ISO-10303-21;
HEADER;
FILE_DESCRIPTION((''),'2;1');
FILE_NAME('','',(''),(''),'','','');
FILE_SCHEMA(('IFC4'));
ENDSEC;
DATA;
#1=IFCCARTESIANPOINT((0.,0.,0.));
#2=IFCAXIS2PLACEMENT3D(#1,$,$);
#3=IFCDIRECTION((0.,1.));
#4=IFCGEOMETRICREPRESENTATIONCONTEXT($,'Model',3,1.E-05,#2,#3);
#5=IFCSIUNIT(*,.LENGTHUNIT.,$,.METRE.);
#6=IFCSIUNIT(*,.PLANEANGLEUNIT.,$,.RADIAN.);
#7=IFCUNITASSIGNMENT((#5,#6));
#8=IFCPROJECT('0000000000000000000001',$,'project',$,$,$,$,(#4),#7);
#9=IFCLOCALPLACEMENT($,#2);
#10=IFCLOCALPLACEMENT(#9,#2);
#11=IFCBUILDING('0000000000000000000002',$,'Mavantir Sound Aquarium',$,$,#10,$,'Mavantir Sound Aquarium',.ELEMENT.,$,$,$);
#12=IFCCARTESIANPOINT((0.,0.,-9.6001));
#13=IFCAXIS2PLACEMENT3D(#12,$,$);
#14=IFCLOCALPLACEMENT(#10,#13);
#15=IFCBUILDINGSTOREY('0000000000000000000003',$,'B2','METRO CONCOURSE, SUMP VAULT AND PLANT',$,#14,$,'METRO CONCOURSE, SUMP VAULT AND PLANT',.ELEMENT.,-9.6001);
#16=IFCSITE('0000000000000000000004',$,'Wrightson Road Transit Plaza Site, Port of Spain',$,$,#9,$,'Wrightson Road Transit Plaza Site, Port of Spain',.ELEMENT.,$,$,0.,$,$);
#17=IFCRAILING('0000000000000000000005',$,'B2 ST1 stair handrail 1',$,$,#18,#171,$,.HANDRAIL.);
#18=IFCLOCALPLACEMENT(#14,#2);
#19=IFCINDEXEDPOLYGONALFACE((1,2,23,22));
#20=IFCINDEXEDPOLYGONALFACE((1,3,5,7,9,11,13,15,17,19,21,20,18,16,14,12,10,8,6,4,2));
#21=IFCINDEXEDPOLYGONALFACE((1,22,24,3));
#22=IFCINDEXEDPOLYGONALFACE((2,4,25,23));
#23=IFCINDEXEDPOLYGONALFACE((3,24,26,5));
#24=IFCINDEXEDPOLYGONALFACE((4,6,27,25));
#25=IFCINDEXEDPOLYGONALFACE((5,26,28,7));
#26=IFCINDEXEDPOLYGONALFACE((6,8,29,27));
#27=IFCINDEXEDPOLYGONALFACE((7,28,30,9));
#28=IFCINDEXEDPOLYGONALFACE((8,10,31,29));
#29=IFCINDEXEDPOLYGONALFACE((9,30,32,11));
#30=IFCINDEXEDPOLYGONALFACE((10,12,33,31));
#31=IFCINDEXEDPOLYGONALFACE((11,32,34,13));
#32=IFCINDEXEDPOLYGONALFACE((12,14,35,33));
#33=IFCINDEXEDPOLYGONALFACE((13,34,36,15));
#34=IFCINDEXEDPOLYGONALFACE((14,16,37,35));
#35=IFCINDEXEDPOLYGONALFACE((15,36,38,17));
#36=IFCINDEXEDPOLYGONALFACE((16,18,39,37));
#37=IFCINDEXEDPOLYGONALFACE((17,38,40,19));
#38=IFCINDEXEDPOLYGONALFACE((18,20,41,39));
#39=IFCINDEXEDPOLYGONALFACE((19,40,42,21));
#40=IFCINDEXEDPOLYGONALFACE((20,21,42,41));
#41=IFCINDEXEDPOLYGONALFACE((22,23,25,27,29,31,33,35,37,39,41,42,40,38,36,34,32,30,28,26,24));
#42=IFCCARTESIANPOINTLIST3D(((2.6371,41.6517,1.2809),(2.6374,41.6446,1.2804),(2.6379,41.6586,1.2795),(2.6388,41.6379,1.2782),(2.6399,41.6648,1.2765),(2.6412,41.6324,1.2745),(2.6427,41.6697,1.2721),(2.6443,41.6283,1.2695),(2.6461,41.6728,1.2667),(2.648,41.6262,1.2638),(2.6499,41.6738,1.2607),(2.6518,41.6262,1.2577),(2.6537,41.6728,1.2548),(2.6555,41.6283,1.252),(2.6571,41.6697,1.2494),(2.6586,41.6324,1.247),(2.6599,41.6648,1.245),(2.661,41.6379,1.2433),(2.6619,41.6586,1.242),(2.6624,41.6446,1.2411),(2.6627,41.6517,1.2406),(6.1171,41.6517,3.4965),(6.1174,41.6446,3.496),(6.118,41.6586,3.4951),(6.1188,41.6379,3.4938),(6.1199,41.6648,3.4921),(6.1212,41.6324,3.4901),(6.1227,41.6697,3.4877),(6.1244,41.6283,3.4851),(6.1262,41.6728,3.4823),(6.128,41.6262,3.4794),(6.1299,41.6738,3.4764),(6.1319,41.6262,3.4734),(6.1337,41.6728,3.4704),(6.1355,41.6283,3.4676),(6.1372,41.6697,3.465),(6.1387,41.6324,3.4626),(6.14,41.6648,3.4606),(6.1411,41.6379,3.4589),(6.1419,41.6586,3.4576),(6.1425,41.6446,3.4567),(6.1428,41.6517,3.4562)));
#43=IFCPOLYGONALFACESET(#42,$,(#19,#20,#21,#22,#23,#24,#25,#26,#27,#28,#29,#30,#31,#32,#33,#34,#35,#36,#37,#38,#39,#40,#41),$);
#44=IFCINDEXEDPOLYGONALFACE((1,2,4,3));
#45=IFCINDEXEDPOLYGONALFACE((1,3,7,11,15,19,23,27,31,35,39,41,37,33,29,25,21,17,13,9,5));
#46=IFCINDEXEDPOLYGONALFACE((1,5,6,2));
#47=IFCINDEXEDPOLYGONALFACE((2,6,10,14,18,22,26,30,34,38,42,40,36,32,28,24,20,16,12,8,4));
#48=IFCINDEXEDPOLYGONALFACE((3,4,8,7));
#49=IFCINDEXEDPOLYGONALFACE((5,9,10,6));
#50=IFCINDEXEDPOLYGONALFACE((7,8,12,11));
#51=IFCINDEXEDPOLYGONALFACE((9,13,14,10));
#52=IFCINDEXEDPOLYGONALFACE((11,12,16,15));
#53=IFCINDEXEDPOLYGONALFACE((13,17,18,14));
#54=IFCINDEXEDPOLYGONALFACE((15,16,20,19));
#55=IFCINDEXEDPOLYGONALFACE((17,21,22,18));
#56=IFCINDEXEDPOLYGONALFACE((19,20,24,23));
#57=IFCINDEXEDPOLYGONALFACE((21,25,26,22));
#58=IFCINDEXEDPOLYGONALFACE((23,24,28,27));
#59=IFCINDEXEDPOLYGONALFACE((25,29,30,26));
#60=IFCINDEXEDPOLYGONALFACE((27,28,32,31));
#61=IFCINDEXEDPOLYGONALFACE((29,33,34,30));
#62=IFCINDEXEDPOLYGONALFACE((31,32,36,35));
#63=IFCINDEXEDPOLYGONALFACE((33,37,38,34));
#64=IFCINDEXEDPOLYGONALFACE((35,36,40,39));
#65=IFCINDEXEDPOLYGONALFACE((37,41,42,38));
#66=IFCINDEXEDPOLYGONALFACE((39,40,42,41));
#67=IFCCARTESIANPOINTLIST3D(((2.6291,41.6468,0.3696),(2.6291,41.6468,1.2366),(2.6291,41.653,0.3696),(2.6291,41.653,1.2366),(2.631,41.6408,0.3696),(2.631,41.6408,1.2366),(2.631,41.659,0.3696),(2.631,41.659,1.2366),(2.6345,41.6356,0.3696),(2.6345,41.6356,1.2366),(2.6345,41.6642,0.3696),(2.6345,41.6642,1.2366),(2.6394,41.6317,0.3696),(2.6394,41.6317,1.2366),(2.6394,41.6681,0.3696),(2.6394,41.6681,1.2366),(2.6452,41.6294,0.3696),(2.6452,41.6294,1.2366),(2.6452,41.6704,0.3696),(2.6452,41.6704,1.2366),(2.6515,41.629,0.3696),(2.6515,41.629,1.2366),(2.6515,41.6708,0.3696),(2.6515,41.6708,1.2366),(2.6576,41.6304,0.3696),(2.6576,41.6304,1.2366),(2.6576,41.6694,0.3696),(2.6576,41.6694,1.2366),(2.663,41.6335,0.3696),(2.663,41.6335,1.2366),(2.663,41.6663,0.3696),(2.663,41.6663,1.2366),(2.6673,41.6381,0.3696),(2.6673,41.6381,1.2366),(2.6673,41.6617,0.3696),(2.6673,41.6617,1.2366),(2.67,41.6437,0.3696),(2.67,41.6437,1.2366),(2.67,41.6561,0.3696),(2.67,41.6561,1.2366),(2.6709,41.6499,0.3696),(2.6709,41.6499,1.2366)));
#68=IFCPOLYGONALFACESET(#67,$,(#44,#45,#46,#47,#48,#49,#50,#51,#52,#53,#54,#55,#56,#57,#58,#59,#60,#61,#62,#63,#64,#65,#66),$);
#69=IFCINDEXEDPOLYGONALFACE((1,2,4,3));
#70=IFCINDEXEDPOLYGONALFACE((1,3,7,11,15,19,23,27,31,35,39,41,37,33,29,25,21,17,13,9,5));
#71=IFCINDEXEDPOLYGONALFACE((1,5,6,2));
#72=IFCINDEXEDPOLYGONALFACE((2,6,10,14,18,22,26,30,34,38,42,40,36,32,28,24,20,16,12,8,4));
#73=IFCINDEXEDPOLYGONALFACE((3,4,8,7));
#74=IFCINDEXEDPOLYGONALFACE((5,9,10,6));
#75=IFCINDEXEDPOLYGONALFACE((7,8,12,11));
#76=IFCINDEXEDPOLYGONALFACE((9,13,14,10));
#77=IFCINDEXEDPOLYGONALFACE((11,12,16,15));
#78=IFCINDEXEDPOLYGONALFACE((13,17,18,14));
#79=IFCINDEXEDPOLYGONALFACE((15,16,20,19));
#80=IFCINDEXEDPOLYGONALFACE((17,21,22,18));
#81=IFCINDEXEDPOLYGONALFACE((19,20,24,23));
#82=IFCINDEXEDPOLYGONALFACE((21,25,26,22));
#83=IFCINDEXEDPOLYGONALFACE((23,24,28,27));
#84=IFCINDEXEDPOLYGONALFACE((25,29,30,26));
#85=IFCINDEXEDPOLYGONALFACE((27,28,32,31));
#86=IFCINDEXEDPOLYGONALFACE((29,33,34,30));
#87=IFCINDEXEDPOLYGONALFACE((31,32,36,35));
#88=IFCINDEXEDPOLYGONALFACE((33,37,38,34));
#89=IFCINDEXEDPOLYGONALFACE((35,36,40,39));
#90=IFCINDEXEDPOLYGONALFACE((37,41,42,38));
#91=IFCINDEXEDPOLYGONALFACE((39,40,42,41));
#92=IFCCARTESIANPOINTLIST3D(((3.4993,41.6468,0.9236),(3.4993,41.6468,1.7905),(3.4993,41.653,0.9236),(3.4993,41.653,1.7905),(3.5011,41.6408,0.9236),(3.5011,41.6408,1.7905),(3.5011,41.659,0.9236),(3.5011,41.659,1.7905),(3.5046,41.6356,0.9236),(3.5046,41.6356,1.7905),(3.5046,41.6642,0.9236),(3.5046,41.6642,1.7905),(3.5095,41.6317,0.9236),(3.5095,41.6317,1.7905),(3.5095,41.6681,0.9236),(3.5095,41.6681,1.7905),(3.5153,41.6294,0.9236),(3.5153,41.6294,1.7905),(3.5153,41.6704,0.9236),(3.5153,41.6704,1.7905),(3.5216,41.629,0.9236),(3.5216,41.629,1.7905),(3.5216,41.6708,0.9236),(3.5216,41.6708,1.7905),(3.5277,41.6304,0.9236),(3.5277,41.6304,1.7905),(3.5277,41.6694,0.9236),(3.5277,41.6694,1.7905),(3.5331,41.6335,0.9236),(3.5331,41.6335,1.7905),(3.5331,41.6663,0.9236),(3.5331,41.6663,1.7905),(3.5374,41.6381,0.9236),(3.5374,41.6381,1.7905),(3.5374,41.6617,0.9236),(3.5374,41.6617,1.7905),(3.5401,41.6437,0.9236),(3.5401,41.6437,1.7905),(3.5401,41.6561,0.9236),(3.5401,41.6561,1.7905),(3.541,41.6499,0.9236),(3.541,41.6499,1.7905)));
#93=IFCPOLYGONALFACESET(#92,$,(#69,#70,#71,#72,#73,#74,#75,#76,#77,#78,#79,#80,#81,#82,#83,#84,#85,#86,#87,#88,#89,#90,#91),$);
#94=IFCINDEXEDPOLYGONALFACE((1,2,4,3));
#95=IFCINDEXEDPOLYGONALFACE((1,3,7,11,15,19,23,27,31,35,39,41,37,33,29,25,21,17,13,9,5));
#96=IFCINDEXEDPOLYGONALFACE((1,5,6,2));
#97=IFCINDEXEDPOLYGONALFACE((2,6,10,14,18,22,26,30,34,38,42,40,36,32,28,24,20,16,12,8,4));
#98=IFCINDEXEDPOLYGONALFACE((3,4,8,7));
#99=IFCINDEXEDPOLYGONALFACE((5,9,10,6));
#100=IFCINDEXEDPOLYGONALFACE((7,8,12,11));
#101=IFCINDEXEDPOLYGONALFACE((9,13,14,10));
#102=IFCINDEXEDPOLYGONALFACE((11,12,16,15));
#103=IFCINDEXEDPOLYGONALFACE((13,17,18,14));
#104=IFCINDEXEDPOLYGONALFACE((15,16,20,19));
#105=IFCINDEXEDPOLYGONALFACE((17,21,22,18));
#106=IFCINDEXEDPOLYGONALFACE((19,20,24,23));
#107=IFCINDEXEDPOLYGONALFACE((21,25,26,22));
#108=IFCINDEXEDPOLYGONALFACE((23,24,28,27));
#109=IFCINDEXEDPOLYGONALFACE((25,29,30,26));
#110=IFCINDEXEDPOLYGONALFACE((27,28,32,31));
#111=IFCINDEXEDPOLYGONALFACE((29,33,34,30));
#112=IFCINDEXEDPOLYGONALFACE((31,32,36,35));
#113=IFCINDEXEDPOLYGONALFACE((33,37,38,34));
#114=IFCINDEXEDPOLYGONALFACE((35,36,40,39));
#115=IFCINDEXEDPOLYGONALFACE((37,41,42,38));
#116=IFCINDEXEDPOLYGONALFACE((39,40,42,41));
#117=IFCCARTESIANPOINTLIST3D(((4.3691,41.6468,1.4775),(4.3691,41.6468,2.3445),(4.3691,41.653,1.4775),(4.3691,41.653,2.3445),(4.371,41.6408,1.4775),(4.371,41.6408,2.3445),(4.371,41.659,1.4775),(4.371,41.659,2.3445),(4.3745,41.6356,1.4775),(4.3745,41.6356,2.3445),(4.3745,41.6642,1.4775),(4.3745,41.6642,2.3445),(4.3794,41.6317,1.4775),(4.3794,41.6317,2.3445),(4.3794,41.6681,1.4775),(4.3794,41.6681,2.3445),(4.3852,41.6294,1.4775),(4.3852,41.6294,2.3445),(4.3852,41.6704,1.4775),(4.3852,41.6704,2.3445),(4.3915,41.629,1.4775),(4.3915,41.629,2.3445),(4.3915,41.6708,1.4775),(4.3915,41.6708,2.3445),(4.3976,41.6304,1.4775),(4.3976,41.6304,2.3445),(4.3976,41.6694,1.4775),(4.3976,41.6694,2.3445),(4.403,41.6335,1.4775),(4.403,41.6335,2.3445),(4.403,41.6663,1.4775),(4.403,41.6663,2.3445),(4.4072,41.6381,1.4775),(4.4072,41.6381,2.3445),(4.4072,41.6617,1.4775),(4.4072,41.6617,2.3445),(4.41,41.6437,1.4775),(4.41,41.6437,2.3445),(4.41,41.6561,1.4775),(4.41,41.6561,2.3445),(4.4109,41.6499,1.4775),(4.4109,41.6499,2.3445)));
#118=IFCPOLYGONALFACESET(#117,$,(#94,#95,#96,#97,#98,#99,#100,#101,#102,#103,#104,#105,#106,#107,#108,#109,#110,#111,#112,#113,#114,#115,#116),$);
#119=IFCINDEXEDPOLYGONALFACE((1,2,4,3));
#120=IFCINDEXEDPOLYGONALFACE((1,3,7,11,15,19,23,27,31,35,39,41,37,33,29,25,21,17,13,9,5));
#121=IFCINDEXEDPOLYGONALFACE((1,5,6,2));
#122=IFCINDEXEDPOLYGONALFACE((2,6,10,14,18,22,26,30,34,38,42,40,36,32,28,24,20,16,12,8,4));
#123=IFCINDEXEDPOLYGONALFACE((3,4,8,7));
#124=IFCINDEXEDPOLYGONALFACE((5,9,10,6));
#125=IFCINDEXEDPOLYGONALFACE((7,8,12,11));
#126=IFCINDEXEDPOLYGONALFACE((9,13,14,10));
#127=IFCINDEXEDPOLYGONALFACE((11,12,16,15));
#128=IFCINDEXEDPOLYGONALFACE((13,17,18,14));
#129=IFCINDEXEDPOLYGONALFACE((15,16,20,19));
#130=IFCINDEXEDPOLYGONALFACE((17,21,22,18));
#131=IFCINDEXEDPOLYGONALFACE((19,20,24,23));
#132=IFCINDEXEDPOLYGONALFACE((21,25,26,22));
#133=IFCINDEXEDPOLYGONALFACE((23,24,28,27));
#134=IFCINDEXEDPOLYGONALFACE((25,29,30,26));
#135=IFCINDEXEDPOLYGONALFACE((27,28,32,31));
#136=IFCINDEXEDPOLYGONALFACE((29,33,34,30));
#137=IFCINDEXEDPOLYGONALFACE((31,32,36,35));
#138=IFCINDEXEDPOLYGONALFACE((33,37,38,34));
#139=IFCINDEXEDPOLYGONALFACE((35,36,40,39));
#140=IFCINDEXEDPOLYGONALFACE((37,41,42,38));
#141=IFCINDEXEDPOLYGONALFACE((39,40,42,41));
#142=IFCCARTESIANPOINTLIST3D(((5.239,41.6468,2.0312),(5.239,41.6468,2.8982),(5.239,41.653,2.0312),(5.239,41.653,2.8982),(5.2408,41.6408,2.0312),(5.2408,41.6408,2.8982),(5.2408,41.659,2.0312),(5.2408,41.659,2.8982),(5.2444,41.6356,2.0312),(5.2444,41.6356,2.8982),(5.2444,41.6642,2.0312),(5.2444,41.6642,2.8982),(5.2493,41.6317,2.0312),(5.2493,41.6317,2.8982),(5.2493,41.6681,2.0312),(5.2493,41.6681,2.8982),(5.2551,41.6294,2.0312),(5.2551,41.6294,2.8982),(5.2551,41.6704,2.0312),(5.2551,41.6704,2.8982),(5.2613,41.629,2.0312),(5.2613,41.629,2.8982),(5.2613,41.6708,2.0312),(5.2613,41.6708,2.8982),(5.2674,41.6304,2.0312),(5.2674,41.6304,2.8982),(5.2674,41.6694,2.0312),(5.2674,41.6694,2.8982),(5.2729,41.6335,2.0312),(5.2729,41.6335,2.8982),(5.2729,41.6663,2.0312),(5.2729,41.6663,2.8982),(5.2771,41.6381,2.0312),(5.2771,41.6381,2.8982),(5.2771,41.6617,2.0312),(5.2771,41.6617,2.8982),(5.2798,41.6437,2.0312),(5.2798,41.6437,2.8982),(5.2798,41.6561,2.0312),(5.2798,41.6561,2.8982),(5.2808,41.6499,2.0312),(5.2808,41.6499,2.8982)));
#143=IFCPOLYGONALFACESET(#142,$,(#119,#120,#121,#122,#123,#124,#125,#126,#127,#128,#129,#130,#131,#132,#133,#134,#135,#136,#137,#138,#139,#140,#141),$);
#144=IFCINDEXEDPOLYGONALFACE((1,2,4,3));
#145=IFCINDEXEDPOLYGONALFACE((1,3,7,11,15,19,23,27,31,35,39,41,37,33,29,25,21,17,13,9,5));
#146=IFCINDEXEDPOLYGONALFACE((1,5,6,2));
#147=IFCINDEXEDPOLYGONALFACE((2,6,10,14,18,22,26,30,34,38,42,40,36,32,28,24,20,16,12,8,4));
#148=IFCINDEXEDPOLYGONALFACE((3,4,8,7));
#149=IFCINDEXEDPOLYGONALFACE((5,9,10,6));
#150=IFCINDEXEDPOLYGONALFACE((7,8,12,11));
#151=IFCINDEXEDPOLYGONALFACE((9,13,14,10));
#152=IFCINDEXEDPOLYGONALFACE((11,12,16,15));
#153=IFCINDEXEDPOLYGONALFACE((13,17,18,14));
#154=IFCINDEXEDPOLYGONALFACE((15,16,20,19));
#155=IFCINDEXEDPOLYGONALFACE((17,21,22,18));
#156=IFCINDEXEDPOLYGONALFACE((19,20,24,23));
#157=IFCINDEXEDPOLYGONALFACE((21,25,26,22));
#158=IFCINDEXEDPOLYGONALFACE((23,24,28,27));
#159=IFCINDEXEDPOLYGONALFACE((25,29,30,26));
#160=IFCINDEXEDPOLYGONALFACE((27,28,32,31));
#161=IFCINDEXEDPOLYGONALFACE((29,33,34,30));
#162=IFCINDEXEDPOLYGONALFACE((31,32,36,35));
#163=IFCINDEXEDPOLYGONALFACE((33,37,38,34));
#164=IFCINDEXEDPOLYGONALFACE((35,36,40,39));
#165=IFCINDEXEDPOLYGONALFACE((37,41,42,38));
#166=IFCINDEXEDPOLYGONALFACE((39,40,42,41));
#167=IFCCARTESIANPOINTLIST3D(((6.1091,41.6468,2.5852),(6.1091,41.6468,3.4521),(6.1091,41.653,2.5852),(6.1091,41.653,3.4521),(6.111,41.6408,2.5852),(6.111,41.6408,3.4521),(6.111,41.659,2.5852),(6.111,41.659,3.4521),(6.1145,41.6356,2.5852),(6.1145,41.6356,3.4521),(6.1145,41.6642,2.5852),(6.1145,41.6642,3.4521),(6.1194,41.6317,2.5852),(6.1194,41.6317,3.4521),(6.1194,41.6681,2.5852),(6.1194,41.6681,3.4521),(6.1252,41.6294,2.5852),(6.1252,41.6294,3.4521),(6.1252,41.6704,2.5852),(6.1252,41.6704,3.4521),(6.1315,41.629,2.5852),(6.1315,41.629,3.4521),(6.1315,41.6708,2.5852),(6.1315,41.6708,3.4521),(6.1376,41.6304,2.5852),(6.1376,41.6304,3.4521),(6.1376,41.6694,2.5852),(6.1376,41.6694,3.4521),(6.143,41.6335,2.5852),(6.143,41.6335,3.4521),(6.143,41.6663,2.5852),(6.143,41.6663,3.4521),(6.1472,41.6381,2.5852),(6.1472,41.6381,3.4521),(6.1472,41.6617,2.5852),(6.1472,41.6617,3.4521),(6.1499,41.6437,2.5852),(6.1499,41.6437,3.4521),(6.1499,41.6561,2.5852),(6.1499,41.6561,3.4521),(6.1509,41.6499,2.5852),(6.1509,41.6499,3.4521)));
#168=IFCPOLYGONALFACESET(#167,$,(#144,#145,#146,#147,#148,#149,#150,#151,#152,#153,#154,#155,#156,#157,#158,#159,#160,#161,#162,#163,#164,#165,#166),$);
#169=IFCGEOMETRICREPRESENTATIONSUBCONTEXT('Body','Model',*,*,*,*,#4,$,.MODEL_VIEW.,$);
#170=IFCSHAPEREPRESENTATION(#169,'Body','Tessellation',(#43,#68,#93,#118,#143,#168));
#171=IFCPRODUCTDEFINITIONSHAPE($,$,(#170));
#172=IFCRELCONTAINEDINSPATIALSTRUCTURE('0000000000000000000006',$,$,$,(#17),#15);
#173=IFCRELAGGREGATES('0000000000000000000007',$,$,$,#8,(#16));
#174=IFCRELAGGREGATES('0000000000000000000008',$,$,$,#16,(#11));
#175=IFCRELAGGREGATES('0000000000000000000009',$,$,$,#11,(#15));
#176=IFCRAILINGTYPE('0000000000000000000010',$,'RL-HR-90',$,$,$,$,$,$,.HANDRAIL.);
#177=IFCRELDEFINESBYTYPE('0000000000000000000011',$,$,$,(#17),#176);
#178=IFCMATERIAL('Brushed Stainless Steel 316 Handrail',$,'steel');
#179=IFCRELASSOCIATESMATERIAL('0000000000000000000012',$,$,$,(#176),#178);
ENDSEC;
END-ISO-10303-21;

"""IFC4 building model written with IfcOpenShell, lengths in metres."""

from ifc_helpers import new_model, si_unit, direction, frame, origin, origin_2d, place, context, subcontext, project, spatial, circle, extrude, material, type_object, element, save


model = new_model("IFC4")

# Units and contexts
model_context = context("Model", 3, precision=1e-05, world=origin(), true_north=direction((0.0, 1.0)))
body_context = subcontext(model_context, "Body", "Model", "MODEL_VIEW")
ifc_project = project(units=[si_unit("LENGTHUNIT", "METRE"), si_unit("PLANEANGLEUNIT", "RADIAN")], contexts=[model_context])

# Site, building, storey
site_placement = place(None, origin())
site = spatial("IfcSite", under=ifc_project, at=site_placement, Name="Wrightson Road Transit Plaza Site, Port of Spain", LongName="Wrightson Road Transit Plaza Site, Port of Spain", CompositionType="ELEMENT", RefElevation=0.0)
building_placement = place(site_placement, origin())
building = spatial("IfcBuilding", under=site, at=building_placement, Name="Mavantir Sound Aquarium", LongName="Mavantir Sound Aquarium", CompositionType="ELEMENT")
storey_placement = place(building_placement, frame((0.0, 0.0, -9.6001)))
storey = spatial("IfcBuildingStorey", under=building, at=storey_placement, Name="B2", Description="METRO CONCOURSE, SUMP VAULT AND PLANT", LongName="METRO CONCOURSE, SUMP VAULT AND PLANT", CompositionType="ELEMENT", Elevation=-9.6001)

# Railing
ifc_material_1 = material(Name="Brushed Stainless Steel 316 Handrail", Category="steel")
railing_type_1 = type_object("IfcRailingType", Name="RL-HR-90", PredefinedType="HANDRAIL", material=ifc_material_1)
railing_1_placement = place(storey_placement, frame((2.6499, 41.6499, 0.3696)))
element("IfcRailing", 1, at=railing_1_placement, inside=storey, type_object=railing_type_1, Name="B2 ST1 stair handrail 1", PredefinedType="HANDRAIL", context=body_context, shape_type="SweptSolid", body=[
    extrude(circle(Radius=0.0239, at=origin_2d()), frame((0.0, 0.0, 0.8911), z_axis=(0.843547, 0.0, 0.537055), x_axis=(0.0, 1.0, 0.0)), (0.0, 0.0, 1.0), 4.1255),
    extrude(circle(Radius=0.021, at=origin_2d()), origin(), (0.0, 0.0, 1.0), 0.8669),
    extrude(circle(Radius=0.021, at=origin_2d()), frame((0.8701, 0.0, 0.554)), (0.0, 0.0, 1.0), 0.8669),
    extrude(circle(Radius=0.021, at=origin_2d()), frame((1.74, 0.0, 1.1079)), (0.0, 0.0, 1.0), 0.8669),
    extrude(circle(Radius=0.021, at=origin_2d()), frame((2.6099, 0.0, 1.6616)), (0.0, 0.0, 1.0), 0.8669),
    extrude(circle(Radius=0.021, at=origin_2d()), frame((3.48, 0.0, 2.2156)), (0.0, 0.0, 1.0), 0.8669),
])

save(model, "model.ifc")
